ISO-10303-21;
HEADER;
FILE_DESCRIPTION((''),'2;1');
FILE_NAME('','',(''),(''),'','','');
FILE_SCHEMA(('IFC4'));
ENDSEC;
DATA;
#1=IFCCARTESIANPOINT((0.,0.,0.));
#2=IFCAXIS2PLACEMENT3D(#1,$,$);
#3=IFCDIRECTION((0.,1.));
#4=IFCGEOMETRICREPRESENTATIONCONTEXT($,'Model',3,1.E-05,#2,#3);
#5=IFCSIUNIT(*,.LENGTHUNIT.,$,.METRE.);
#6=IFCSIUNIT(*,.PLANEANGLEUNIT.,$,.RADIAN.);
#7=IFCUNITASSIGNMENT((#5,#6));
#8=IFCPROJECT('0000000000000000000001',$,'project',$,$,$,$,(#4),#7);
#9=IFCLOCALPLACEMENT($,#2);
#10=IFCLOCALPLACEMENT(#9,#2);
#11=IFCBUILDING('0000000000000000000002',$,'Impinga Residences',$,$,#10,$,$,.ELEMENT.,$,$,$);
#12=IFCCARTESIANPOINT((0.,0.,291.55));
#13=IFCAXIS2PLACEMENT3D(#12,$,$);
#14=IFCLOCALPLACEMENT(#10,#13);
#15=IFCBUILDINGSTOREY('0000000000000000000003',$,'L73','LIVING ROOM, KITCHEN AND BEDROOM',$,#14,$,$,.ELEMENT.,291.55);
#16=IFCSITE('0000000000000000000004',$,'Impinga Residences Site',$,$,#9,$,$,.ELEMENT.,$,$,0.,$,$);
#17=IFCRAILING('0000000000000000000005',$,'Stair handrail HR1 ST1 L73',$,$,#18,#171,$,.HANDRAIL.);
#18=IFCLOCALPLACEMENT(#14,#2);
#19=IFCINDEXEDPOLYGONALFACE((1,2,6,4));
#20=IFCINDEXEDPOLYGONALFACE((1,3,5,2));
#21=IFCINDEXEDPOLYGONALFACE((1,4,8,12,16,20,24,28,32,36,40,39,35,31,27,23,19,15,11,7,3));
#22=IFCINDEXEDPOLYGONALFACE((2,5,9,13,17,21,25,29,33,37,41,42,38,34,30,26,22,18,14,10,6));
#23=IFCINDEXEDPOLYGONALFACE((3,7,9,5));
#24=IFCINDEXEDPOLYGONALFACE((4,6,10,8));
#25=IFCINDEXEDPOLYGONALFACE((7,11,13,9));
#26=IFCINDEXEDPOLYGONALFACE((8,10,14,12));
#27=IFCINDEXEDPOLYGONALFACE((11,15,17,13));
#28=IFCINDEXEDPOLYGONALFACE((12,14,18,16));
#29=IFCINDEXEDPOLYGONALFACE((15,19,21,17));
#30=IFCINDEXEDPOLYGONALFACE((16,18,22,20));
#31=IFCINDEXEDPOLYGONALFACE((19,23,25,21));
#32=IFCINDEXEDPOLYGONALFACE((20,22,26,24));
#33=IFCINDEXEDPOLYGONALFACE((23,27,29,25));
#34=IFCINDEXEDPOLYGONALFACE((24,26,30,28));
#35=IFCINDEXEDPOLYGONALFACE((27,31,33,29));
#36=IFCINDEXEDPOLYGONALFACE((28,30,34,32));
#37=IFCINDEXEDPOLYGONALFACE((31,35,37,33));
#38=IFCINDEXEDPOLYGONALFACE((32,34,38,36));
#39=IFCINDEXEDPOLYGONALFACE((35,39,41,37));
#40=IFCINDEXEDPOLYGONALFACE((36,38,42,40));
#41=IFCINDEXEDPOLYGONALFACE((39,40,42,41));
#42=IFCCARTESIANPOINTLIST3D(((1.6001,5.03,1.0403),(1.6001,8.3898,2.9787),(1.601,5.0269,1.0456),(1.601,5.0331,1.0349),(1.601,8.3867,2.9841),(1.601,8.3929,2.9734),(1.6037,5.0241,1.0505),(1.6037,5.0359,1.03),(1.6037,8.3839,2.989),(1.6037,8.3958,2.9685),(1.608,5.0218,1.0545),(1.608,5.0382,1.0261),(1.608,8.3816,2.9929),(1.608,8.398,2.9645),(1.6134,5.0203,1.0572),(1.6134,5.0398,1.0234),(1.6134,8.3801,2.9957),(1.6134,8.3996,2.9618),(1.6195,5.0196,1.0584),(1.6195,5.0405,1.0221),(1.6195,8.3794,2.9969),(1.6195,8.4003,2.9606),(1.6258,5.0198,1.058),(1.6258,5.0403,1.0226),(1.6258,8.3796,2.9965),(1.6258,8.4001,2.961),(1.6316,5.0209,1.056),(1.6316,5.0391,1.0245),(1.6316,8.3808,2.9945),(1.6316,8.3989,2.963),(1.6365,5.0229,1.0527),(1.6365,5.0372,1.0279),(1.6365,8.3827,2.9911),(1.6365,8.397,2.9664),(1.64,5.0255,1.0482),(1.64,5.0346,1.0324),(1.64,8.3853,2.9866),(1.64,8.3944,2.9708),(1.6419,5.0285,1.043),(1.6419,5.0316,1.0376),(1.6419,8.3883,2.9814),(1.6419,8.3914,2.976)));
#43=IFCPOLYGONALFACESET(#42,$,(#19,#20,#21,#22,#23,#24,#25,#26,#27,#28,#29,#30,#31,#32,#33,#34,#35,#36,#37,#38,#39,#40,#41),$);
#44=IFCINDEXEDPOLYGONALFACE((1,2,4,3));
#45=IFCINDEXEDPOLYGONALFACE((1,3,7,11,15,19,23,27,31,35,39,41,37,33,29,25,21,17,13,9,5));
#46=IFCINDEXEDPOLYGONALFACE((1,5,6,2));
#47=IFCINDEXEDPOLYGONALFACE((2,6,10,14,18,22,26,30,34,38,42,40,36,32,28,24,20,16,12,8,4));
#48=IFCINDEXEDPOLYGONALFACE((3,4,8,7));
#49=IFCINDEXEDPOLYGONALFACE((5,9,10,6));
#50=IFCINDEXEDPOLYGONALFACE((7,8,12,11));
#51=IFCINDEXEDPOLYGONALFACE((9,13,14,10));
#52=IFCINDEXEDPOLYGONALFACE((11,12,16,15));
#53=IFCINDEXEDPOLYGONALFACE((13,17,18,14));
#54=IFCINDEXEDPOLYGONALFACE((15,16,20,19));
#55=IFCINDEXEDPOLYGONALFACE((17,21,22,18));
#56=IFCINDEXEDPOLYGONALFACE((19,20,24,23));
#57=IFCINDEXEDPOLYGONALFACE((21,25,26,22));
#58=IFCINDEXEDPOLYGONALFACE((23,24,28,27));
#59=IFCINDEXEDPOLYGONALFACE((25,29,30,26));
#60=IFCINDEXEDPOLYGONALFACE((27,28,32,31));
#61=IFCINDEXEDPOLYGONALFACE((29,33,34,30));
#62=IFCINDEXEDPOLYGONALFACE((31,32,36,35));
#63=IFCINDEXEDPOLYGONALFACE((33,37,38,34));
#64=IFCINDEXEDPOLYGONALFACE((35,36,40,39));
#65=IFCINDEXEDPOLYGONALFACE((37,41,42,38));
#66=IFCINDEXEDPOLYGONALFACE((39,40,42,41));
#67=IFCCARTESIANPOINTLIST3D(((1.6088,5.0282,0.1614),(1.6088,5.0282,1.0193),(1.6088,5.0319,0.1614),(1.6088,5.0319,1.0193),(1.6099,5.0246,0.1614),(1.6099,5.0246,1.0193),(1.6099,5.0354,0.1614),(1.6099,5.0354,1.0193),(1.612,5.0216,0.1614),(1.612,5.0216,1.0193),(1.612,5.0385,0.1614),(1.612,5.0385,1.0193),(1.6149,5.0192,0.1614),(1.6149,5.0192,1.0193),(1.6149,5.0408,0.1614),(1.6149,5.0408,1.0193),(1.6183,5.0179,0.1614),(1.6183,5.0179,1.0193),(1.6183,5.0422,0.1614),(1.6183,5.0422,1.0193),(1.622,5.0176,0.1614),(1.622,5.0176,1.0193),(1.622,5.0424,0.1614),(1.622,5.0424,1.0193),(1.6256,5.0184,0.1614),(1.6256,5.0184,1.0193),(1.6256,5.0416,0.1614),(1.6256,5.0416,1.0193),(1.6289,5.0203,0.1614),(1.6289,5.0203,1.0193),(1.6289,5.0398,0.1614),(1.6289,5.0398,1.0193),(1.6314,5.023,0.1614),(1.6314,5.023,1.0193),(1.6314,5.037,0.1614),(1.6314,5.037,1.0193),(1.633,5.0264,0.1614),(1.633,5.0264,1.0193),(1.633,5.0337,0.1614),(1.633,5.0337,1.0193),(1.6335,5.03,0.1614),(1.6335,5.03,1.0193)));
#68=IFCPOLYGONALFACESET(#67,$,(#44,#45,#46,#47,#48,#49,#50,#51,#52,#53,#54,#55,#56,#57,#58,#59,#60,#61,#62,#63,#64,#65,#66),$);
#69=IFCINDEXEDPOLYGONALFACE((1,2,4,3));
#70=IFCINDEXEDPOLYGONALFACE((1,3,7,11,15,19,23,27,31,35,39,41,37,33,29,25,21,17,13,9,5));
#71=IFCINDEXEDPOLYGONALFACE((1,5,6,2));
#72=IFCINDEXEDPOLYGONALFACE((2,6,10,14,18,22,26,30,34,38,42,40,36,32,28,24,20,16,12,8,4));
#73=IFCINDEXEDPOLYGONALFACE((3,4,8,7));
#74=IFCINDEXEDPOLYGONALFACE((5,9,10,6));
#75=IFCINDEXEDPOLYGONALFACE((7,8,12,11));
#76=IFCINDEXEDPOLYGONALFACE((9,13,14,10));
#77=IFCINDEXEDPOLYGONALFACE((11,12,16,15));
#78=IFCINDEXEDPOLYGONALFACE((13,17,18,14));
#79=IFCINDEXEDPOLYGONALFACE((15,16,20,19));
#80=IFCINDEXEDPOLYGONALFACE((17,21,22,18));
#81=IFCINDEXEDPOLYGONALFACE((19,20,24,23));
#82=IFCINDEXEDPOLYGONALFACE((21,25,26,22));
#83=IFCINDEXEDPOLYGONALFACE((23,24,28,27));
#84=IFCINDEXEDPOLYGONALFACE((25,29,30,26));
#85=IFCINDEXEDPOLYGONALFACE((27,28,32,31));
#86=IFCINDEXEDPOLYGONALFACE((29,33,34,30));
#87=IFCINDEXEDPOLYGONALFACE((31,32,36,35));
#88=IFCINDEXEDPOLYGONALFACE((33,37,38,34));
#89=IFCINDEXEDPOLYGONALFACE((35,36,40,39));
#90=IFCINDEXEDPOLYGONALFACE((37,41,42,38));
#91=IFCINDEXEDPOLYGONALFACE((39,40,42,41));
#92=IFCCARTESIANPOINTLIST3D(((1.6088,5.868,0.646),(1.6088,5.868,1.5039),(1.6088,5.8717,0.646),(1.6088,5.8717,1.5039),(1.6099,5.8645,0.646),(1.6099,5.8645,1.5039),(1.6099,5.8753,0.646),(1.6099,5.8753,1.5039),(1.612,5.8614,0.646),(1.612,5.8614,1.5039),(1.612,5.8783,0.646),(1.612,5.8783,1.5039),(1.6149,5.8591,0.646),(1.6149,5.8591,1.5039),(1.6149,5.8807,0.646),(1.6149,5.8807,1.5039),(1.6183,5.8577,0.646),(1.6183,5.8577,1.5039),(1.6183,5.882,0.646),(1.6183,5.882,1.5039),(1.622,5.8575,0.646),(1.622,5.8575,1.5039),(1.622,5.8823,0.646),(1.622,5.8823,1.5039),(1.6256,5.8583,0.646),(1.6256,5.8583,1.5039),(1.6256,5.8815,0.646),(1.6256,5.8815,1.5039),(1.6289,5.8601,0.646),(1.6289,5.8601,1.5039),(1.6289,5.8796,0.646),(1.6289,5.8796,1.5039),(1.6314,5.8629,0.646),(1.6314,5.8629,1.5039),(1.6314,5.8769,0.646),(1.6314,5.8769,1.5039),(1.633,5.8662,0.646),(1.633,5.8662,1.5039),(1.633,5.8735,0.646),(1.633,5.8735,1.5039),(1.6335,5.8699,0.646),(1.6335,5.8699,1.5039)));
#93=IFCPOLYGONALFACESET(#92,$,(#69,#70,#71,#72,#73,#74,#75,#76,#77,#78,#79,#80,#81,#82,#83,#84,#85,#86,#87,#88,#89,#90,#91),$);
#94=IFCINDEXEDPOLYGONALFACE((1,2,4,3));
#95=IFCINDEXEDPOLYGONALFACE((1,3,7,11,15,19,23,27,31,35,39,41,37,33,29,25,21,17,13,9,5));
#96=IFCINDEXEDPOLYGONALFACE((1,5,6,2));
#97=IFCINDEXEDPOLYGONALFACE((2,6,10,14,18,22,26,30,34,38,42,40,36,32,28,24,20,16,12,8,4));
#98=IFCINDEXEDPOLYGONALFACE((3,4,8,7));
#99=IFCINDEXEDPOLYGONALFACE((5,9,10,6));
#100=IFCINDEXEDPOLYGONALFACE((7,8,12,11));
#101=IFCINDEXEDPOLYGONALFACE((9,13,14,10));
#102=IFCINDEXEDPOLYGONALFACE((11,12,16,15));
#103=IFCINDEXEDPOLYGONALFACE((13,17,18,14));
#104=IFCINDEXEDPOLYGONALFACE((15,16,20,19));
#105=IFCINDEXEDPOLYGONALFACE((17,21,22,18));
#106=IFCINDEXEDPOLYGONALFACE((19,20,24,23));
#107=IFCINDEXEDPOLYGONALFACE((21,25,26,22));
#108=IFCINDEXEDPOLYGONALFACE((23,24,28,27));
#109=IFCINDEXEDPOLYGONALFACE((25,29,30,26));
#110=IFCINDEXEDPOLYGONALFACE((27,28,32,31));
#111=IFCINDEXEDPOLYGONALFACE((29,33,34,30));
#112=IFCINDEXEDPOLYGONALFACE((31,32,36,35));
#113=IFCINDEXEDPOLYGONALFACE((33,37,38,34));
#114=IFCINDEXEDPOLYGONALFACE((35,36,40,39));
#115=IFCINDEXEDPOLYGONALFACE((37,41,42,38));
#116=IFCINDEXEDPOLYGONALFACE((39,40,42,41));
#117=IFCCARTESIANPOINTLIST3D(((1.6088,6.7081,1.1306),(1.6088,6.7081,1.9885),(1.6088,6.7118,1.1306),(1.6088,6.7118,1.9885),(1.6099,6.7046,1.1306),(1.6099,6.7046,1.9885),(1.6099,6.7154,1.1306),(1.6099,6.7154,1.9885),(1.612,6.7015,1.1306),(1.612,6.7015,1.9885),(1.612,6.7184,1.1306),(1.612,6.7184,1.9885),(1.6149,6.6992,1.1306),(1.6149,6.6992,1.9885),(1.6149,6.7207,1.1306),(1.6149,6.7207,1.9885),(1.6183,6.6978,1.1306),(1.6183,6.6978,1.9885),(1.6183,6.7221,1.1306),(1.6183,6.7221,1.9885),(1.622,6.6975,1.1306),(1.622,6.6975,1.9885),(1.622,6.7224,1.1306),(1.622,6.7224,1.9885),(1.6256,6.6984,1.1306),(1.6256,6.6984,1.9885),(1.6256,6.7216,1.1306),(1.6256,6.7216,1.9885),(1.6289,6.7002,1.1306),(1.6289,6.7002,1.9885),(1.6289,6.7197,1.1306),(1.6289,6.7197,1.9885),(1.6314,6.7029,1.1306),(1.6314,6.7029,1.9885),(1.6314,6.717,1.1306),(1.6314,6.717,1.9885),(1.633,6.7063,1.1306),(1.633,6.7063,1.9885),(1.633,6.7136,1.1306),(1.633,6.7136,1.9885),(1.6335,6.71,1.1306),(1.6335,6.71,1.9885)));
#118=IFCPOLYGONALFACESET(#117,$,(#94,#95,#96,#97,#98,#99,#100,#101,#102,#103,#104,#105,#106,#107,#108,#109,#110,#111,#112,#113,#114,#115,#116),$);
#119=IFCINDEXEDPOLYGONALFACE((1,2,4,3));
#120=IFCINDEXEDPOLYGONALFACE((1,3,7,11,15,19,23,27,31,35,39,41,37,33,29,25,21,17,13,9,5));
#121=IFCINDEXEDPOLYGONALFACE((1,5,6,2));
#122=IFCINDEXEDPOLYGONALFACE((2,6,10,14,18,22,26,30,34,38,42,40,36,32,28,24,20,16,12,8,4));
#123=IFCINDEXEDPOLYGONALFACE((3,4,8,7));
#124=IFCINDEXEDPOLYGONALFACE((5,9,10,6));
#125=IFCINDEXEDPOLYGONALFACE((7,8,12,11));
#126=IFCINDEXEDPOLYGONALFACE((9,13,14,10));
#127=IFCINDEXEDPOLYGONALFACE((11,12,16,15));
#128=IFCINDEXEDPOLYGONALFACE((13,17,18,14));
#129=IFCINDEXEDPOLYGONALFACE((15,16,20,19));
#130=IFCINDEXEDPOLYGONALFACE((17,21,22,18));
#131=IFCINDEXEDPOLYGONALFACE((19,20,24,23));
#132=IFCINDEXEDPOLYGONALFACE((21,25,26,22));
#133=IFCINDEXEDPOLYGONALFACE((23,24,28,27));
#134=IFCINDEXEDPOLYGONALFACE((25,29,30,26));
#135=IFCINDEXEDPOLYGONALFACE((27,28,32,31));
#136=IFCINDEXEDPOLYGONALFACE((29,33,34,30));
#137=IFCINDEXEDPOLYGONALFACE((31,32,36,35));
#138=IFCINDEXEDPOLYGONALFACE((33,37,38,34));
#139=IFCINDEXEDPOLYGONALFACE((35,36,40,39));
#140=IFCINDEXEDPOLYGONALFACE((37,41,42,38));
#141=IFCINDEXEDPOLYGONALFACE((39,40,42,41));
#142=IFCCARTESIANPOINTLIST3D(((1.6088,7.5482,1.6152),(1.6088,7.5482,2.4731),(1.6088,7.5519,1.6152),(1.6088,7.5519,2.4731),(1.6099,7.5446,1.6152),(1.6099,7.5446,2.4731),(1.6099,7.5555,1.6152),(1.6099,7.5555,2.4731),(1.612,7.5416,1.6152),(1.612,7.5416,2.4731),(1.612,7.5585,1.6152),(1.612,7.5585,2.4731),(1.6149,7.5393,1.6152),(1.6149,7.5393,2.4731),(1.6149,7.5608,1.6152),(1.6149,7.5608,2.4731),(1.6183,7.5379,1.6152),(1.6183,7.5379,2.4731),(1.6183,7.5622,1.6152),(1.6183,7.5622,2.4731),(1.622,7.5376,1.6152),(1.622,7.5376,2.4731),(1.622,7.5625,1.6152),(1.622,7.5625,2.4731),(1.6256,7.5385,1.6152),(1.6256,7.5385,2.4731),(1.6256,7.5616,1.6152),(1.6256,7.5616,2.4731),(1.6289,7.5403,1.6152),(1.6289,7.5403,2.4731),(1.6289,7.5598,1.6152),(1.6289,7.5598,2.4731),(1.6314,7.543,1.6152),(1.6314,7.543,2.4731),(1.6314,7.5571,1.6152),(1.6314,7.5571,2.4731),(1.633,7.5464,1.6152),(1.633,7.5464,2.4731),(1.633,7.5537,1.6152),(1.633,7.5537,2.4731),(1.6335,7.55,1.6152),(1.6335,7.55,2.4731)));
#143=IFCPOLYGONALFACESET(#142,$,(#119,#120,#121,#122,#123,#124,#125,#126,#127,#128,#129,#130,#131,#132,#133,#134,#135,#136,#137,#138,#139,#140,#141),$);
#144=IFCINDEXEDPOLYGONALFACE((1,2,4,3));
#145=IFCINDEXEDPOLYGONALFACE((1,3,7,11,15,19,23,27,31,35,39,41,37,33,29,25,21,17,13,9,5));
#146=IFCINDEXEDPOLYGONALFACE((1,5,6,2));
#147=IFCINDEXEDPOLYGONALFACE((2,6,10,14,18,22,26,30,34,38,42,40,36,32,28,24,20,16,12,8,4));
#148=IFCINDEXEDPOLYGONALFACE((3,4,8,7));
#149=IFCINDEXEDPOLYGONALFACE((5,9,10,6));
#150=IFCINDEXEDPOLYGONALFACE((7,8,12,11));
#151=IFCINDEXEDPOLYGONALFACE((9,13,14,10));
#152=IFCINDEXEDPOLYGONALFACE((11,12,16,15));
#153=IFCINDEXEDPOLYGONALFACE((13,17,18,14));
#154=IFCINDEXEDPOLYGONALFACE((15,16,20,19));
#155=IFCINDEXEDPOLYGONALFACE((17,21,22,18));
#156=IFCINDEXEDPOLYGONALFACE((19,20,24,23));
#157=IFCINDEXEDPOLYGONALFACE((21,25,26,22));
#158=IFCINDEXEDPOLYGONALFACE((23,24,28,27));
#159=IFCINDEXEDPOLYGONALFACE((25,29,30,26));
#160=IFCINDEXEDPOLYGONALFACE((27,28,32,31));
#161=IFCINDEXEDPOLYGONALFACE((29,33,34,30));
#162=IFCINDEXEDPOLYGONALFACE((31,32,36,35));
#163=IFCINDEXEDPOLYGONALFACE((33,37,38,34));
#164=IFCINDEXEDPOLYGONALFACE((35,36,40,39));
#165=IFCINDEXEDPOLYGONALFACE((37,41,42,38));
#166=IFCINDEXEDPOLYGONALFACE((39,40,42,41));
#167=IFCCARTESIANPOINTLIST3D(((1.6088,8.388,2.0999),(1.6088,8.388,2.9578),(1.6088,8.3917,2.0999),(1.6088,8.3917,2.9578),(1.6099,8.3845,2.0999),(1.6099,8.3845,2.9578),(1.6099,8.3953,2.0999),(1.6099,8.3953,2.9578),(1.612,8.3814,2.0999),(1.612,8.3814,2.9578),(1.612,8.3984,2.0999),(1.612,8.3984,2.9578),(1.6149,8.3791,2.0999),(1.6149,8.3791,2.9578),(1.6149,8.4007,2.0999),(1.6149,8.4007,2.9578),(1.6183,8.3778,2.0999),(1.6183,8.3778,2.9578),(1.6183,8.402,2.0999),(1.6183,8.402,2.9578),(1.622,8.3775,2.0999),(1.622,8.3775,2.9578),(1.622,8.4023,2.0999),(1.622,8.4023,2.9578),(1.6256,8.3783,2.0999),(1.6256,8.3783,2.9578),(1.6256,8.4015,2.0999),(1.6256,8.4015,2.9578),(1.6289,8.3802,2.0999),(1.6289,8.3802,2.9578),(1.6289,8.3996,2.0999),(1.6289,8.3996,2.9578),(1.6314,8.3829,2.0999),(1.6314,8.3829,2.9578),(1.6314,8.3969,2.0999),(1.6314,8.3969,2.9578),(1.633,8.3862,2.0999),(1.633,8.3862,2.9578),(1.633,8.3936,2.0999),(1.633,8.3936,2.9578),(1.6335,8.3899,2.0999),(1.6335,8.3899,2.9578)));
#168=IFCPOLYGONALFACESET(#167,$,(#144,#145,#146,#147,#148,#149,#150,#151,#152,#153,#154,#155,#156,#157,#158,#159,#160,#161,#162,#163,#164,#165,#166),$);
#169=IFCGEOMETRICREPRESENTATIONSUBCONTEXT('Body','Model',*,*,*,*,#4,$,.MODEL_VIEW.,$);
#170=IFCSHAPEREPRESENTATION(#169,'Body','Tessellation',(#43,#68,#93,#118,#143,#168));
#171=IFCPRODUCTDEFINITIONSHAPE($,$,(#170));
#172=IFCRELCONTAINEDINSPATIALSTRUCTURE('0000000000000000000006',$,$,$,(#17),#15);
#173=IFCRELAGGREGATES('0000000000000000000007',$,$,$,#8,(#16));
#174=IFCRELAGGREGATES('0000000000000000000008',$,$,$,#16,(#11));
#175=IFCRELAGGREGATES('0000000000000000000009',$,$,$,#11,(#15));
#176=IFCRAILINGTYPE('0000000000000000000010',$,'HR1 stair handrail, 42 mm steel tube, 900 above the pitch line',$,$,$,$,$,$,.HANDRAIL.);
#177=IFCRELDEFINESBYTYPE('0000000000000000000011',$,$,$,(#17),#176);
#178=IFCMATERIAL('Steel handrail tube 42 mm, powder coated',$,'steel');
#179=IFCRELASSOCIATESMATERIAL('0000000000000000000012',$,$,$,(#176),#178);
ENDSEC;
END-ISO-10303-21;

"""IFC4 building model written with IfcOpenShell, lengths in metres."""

from ifc_helpers import new_model, si_unit, direction, frame, origin, origin_2d, place, context, subcontext, project, spatial, circle, extrude, material, type_object, element, save


model = new_model("IFC4")

# Units and contexts
model_context = context("Model", 3, precision=1e-05, world=origin(), true_north=direction((0.0, 1.0)))
body_context = subcontext(model_context, "Body", "Model", "MODEL_VIEW")
ifc_project = project(units=[si_unit("LENGTHUNIT", "METRE"), si_unit("PLANEANGLEUNIT", "RADIAN")], contexts=[model_context])

# Site, building, storey
site_placement = place(None, origin())
site = spatial("IfcSite", under=ifc_project, at=site_placement, Name="Impinga Residences Site", CompositionType="ELEMENT", RefElevation=0.0)
building_placement = place(site_placement, origin())
building = spatial("IfcBuilding", under=site, at=building_placement, Name="Impinga Residences", CompositionType="ELEMENT")
storey_placement = place(building_placement, frame((0.0, 0.0, 291.55)))
storey = spatial("IfcBuildingStorey", under=building, at=storey_placement, Name="L73", Description="LIVING ROOM, KITCHEN AND BEDROOM", CompositionType="ELEMENT", Elevation=291.55)

# Railing
ifc_material_1 = material(Name="Steel handrail tube 42 mm, powder coated", Category="steel")
railing_type = type_object("IfcRailingType", Name="HR1 stair handrail, 42 mm steel tube, 900 above the pitch line", PredefinedType="HANDRAIL", material=ifc_material_1)
railing_placement = place(storey_placement, frame((1.6211, 5.03, 0.1614)))
element("IfcRailing", 1, at=railing_placement, inside=storey, type_object=railing_type, Name="Stair handrail HR1 ST1 L73", PredefinedType="HANDRAIL", context=body_context, shape_type="SweptSolid", body=[
    extrude(circle(Radius=0.021, at=origin_2d()), frame((0.0, 0.0, 0.8789), z_axis=(0.0, 0.866175, 0.499741), x_axis=(-1.0, 0.0, 0.0)), (0.0, 0.0, 1.0), 3.8789),
    extrude(circle(Radius=0.0125, at=origin_2d()), origin(), (0.0, 0.0, 1.0), 0.8579),
    extrude(circle(Radius=0.0125, at=origin_2d()), frame((0.0, 0.8398, 0.4846)), (0.0, 0.0, 1.0), 0.8579),
    extrude(circle(Radius=0.0125, at=origin_2d()), frame((0.0, 1.6799, 0.9692)), (0.0, 0.0, 1.0), 0.8579),
    extrude(circle(Radius=0.0125, at=origin_2d()), frame((0.0, 2.52, 1.4539)), (0.0, 0.0, 1.0), 0.8579),
    extrude(circle(Radius=0.0125, at=origin_2d()), frame((0.0, 3.3599, 1.9385)), (0.0, 0.0, 1.0), 0.8579),
])

save(model, "model.ifc")
